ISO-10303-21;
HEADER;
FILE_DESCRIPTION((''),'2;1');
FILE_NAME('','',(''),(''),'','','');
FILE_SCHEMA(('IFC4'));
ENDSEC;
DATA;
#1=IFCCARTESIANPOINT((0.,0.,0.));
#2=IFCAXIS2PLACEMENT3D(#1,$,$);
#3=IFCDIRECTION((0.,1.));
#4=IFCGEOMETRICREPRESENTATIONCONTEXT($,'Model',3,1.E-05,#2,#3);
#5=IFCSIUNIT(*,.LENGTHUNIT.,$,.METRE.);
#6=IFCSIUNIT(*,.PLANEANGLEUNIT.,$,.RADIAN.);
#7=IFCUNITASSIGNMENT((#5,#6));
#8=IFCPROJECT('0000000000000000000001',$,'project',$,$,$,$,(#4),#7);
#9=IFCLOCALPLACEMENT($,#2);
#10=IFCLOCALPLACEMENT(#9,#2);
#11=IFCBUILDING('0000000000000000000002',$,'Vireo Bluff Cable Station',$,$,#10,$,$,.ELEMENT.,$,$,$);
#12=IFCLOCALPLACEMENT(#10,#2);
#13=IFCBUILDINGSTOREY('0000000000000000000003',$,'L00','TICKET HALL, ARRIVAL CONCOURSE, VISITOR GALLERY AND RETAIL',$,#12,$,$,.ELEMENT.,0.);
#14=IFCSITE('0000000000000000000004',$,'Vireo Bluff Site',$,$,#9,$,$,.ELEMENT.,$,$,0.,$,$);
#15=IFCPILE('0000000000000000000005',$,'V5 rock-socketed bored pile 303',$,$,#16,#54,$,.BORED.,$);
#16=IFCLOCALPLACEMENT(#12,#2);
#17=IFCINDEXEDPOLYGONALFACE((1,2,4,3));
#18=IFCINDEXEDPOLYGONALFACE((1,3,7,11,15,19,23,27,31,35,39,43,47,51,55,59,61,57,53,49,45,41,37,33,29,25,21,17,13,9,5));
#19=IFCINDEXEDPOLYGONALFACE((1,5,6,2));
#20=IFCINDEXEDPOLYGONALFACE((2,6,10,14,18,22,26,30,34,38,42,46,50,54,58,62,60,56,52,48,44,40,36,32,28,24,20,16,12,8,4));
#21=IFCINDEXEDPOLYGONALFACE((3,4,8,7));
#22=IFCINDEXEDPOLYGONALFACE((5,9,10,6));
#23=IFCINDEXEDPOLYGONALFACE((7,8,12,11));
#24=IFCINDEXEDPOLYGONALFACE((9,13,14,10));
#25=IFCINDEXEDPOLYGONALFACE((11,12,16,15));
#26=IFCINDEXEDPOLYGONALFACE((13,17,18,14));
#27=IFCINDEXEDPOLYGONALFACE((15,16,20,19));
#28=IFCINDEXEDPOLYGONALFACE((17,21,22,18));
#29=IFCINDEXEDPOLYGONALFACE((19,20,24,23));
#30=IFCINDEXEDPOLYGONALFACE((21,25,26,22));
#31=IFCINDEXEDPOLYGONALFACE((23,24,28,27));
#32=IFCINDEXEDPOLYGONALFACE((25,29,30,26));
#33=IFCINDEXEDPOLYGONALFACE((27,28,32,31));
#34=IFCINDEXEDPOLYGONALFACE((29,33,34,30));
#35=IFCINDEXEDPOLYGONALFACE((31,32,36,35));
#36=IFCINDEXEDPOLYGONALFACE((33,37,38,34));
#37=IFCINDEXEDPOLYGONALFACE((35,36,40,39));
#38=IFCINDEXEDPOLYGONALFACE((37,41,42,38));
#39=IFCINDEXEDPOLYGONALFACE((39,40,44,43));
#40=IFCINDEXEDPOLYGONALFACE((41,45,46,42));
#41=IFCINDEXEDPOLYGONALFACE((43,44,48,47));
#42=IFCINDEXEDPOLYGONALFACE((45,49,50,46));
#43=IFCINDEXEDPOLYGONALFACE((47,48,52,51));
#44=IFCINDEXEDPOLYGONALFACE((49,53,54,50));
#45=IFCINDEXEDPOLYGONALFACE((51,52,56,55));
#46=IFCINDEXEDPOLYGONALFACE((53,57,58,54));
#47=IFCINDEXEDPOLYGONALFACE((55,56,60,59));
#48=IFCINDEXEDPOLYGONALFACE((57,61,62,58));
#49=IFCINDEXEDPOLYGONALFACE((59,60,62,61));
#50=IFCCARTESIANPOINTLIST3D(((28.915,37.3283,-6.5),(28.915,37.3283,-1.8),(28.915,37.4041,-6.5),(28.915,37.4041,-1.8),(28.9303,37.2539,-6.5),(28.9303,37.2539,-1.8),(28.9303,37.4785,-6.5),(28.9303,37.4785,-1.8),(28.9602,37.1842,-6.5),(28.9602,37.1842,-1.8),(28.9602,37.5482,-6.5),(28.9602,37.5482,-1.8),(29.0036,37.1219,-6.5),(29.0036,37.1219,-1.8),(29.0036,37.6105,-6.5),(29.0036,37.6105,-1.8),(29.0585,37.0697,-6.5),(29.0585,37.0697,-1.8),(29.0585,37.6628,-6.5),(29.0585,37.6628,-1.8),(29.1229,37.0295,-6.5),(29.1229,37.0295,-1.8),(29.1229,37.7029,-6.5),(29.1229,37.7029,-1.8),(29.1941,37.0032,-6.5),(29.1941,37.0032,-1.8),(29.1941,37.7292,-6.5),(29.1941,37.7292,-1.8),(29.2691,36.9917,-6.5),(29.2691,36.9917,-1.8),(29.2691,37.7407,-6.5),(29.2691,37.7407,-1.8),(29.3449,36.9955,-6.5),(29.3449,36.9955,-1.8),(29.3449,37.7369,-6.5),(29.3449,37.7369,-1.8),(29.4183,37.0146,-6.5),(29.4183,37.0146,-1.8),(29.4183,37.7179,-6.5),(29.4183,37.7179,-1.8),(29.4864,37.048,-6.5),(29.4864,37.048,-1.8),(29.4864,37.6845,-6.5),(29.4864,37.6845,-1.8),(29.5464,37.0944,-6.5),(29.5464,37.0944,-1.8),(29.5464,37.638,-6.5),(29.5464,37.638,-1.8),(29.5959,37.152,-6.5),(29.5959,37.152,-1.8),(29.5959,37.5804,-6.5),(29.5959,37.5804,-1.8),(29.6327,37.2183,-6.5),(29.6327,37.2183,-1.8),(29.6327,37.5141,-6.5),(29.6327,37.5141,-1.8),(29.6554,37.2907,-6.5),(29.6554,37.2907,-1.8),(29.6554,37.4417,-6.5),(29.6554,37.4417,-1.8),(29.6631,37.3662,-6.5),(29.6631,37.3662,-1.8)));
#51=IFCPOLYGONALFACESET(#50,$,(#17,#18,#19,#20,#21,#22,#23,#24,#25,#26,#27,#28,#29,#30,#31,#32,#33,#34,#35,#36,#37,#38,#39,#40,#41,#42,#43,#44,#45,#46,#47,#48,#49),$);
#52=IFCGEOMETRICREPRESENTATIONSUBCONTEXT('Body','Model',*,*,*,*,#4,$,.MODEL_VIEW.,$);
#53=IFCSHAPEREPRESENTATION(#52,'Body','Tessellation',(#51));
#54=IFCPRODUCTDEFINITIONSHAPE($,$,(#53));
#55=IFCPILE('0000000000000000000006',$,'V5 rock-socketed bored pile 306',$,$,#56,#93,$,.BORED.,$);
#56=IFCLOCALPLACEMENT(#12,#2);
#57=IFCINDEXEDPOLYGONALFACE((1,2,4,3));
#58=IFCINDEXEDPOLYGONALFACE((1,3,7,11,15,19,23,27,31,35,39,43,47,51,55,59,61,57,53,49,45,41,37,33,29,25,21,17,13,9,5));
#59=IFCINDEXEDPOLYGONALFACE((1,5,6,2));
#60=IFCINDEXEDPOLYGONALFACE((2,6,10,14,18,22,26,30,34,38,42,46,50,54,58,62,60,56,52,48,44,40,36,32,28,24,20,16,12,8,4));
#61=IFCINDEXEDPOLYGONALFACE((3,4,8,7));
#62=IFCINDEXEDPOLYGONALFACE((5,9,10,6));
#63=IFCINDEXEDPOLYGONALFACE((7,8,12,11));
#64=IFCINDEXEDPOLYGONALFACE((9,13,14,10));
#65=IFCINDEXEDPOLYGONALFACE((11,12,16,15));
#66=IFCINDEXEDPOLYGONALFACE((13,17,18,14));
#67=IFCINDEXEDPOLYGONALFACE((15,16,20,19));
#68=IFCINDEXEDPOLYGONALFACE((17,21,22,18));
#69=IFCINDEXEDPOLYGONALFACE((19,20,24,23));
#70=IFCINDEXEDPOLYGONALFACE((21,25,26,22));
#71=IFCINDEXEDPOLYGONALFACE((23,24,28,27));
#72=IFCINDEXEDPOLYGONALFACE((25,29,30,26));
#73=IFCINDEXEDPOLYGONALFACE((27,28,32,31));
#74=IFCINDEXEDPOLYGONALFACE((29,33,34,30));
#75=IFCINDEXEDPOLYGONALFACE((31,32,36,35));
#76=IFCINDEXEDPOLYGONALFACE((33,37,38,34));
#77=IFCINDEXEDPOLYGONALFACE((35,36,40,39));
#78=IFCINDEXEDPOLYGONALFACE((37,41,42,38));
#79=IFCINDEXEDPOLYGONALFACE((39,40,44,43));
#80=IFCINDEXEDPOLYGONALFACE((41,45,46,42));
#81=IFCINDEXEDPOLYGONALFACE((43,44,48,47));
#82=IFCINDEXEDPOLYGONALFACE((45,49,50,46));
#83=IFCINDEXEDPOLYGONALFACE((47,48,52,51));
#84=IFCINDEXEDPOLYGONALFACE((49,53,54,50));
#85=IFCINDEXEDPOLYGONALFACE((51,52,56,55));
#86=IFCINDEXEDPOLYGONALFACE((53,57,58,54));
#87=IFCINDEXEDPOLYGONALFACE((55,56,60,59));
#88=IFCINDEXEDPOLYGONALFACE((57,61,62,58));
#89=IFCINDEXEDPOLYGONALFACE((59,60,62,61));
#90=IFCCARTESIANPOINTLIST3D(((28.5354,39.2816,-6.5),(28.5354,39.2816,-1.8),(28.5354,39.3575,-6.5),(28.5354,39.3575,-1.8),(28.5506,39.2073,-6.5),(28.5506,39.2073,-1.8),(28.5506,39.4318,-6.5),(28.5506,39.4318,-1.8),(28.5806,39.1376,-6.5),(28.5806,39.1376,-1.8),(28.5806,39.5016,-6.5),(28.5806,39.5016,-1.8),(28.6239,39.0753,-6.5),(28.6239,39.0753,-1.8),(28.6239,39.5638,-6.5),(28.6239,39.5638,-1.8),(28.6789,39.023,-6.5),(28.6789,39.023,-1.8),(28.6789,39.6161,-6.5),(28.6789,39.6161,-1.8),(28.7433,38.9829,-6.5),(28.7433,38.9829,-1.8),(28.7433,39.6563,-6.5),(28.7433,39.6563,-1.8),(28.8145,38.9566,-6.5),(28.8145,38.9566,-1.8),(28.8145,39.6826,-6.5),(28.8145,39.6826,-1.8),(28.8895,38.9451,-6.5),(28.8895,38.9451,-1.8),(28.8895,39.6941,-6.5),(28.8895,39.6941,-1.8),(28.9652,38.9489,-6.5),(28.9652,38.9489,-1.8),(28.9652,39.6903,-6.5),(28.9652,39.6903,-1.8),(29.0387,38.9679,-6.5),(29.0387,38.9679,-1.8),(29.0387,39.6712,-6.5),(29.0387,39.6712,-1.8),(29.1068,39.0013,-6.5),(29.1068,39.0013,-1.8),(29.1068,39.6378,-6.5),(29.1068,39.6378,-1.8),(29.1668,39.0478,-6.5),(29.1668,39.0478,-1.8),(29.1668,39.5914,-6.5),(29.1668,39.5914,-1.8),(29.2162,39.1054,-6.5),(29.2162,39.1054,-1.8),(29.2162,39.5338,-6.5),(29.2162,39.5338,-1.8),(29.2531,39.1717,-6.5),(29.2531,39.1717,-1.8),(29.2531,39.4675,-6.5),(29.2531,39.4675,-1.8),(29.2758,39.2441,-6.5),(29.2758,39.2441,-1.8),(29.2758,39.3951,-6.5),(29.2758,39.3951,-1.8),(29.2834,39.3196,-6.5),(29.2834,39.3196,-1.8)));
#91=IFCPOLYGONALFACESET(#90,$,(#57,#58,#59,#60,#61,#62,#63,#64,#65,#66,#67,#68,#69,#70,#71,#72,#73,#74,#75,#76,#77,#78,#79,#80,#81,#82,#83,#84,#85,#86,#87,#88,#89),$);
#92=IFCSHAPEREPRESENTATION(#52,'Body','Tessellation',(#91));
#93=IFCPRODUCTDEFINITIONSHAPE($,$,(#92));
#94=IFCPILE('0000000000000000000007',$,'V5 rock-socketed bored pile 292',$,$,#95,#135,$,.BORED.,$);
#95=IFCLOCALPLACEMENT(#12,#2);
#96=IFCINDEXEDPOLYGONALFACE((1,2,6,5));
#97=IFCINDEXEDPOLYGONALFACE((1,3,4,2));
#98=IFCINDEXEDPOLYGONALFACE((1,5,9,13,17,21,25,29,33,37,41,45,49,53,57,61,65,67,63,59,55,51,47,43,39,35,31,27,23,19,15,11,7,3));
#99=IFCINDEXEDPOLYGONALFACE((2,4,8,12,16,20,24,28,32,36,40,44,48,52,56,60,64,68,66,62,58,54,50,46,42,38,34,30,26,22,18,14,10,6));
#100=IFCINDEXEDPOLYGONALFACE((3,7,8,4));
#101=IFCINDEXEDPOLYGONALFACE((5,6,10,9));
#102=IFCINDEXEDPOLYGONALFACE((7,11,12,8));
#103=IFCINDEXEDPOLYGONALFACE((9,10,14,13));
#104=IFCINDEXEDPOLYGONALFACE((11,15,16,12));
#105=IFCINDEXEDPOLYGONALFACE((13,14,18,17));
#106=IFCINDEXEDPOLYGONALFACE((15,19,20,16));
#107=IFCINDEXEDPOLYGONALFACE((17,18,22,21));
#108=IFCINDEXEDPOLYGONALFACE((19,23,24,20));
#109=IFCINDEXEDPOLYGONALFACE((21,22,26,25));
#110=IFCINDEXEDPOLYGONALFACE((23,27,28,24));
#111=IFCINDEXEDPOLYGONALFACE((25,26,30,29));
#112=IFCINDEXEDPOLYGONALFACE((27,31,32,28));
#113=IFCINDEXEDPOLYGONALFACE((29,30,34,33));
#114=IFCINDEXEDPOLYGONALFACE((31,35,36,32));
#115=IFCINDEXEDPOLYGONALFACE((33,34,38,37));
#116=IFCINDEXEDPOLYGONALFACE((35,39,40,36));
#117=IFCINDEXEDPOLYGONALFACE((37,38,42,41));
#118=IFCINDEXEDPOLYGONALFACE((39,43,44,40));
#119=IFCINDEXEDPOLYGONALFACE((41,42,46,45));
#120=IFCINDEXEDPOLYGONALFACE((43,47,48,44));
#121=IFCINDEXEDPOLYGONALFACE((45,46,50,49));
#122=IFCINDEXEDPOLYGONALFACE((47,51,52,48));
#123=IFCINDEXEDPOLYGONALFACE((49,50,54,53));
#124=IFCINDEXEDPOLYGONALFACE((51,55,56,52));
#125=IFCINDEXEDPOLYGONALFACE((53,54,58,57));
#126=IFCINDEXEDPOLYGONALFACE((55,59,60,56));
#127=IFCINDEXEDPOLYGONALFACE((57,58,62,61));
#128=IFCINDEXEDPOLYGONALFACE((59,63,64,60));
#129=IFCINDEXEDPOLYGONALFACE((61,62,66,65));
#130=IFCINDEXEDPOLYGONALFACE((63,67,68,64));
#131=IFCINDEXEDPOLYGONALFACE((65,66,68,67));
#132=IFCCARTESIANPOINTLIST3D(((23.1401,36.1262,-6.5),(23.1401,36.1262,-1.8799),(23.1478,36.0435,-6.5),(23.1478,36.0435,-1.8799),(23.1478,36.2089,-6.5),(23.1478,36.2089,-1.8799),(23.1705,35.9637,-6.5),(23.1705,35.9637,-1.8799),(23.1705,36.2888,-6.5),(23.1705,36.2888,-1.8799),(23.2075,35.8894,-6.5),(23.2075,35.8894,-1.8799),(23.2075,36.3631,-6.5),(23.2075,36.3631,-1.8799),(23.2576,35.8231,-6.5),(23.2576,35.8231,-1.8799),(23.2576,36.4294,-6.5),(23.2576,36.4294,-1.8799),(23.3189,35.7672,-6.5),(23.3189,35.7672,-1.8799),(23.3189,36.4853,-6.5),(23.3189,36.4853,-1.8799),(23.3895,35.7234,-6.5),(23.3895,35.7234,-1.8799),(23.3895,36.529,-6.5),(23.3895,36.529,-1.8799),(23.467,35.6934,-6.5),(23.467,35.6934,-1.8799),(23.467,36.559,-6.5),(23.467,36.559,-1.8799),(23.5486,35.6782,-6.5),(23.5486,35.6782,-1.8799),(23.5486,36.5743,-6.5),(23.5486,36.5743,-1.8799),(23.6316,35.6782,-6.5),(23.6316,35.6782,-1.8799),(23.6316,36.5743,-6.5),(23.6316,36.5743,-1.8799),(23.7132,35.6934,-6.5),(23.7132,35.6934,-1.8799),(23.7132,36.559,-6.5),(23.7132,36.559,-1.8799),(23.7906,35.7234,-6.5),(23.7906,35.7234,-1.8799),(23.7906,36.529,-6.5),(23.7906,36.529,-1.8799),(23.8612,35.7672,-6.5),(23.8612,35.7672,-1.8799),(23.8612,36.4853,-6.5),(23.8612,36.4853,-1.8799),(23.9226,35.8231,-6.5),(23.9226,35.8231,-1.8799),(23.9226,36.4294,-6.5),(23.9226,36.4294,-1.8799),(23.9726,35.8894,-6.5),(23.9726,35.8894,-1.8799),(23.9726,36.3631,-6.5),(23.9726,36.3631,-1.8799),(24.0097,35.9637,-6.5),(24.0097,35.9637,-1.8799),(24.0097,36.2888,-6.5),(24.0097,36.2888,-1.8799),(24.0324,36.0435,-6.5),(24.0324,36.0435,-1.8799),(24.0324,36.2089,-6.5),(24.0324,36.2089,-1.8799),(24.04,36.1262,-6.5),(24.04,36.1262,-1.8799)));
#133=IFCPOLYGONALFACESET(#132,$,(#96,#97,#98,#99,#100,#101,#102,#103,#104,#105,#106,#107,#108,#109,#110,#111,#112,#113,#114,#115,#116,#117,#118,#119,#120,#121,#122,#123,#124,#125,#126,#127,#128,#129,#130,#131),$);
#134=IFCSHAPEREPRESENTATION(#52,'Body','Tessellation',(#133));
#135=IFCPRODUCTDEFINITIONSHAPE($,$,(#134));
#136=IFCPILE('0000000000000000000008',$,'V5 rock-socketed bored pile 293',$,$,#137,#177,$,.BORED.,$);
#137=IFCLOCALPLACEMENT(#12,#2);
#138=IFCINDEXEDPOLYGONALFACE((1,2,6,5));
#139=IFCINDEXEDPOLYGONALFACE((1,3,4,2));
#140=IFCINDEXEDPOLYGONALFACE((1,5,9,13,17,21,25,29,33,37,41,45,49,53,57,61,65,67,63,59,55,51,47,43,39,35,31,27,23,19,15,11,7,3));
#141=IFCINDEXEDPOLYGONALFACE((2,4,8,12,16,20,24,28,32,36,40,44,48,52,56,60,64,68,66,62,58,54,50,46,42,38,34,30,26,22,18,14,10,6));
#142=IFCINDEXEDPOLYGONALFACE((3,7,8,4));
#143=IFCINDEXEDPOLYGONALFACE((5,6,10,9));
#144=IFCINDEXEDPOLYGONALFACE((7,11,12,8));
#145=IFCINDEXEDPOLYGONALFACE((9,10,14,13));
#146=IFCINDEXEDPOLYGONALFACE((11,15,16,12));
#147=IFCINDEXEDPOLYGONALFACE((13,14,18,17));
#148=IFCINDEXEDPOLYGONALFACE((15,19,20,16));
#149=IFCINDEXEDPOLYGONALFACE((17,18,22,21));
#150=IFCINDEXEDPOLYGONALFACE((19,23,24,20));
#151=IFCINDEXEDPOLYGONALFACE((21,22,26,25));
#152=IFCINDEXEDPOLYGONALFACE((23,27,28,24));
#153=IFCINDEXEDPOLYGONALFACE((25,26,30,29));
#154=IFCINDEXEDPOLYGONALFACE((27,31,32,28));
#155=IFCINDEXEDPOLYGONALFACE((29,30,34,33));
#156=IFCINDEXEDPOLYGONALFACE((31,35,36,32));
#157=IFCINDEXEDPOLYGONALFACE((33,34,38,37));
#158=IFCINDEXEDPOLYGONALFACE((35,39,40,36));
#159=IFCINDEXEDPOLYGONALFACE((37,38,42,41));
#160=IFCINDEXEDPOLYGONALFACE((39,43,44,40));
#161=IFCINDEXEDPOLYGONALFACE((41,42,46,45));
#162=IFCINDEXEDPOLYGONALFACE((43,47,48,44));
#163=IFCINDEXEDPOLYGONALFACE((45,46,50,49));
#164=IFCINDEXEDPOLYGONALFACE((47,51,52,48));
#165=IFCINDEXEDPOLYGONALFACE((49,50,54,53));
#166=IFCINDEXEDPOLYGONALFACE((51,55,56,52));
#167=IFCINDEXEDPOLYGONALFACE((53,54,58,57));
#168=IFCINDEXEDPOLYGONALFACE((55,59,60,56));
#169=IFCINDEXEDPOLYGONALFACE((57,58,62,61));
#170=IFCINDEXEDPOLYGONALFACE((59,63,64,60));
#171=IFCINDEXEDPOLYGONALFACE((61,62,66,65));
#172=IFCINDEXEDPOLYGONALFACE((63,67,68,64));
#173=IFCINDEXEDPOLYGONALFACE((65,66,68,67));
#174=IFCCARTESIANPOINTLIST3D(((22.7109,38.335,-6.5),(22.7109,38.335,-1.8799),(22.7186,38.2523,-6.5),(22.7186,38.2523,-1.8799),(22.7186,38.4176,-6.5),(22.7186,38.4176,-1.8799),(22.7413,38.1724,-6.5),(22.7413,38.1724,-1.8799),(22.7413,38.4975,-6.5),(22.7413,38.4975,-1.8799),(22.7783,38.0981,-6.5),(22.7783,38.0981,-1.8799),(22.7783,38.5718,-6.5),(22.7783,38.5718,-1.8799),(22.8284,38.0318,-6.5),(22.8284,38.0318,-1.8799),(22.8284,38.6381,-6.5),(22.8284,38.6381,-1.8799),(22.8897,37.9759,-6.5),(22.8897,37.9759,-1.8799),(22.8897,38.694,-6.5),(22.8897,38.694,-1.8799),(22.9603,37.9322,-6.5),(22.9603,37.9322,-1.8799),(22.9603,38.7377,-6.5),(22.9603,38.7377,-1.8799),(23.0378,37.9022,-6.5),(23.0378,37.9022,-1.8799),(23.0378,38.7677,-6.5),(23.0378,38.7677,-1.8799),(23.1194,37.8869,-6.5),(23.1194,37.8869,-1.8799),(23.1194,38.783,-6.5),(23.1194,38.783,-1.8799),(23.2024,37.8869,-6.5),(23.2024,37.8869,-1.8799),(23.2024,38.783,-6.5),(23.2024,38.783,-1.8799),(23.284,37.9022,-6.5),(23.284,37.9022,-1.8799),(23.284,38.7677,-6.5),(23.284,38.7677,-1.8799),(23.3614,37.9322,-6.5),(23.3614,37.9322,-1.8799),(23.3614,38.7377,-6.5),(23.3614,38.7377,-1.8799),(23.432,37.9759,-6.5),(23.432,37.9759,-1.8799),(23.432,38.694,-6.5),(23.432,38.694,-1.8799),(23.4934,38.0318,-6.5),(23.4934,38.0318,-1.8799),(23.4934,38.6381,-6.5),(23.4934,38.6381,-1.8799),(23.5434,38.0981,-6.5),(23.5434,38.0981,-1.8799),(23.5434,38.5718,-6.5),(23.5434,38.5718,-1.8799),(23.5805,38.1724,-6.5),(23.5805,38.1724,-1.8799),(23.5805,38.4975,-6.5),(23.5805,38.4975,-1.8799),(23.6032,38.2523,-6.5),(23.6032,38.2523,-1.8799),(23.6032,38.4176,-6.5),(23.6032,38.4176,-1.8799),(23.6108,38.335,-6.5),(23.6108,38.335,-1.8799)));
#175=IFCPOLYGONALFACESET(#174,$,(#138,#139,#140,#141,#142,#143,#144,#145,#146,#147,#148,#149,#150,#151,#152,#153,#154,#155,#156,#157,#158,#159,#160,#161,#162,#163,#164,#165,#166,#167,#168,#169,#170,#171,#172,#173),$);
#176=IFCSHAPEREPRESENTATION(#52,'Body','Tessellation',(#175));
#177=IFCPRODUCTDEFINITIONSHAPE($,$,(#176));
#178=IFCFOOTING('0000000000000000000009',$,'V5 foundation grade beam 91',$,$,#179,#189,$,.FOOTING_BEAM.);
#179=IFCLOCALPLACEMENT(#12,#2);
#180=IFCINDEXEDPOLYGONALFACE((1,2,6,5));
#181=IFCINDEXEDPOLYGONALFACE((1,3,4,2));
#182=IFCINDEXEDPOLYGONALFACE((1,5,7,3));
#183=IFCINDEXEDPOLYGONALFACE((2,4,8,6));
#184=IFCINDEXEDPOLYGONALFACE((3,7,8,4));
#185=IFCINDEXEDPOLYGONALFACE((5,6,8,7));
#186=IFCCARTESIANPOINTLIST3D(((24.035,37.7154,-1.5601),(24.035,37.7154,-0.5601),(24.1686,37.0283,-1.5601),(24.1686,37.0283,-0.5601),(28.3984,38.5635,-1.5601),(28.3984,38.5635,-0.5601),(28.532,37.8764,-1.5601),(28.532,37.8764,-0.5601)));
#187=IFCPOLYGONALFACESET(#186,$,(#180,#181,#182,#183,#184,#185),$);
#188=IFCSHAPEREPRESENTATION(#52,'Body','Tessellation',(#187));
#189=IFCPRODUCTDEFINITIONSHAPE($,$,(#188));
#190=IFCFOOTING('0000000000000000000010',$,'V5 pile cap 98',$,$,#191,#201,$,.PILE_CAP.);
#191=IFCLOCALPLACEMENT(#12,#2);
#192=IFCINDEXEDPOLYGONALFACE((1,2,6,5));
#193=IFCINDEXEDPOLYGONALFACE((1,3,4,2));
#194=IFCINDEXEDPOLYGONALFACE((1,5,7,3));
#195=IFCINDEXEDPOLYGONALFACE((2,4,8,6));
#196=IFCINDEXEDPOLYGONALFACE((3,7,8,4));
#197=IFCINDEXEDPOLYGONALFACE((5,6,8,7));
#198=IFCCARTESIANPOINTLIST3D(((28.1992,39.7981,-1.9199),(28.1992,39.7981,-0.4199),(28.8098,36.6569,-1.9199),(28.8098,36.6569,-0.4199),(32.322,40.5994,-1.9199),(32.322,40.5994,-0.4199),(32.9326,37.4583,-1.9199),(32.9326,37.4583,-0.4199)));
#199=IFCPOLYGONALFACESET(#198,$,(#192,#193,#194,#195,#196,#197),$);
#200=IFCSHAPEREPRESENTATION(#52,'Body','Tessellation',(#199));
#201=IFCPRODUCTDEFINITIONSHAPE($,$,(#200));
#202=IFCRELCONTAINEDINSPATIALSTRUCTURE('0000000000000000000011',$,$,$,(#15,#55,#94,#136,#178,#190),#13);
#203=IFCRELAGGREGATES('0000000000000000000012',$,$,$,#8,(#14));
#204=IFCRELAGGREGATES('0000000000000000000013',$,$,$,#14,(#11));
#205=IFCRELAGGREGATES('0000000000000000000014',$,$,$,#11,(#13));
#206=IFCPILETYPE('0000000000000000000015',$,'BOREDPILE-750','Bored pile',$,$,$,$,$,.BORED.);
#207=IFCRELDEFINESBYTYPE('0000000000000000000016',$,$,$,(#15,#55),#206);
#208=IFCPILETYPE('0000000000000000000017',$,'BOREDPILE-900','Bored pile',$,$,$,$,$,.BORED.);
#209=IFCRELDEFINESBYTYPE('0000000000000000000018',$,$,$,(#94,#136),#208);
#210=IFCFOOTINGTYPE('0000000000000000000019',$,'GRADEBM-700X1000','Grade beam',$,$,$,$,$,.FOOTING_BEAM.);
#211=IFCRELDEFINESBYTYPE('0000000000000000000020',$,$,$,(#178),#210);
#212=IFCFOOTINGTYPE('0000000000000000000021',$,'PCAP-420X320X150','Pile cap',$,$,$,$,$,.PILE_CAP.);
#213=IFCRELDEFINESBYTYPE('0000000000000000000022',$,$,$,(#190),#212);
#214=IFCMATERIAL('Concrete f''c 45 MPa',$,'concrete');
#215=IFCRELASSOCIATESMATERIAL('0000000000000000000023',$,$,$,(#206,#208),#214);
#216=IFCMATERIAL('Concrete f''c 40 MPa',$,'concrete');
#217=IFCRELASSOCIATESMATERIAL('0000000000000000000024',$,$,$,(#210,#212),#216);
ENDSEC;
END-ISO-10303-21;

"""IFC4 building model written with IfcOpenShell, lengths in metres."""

from ifc_helpers import new_model, si_unit, direction, frame, origin, origin_2d, place, context, subcontext, project, spatial, rectangle, circle, extrude, material, material_profile, profile_set, type_object, element, save


model = new_model("IFC4")

# Units and contexts
model_context = context("Model", 3, precision=1e-05, world=origin(), true_north=direction((0.0, 1.0)))
body_context = subcontext(model_context, "Body", "Model", "MODEL_VIEW")
ifc_project = project(units=[si_unit("LENGTHUNIT", "METRE"), si_unit("PLANEANGLEUNIT", "RADIAN")], contexts=[model_context])

# Site, building, storey
site_placement = place(None, origin())
site = spatial("IfcSite", under=ifc_project, at=site_placement, Name="Vireo Bluff Site", CompositionType="ELEMENT", RefElevation=0.0)
building_placement = place(site_placement, origin())
building = spatial("IfcBuilding", under=site, at=building_placement, Name="Vireo Bluff Cable Station", CompositionType="ELEMENT")
storey_placement = place(building_placement, origin())
storey = spatial("IfcBuildingStorey", under=building, at=storey_placement, Name="L00", Description="TICKET HALL, ARRIVAL CONCOURSE, VISITOR GALLERY AND RETAIL", CompositionType="ELEMENT", Elevation=0.0)

# Piles
ifc_material_1 = material(Name="Concrete f'c 45 MPa", Category="concrete")
ifc_material_profile_1 = material_profile(ifc_material_1, circle(Radius=0.375, at=origin_2d()), Name="BOREDPILE-750")
ifc_profile_set_1 = profile_set([ifc_material_profile_1], Name="Concrete f'c 45 MPa")
pile_type_1 = type_object("IfcPileType", Name="BOREDPILE-750", Description="Bored pile", PredefinedType="BORED", material=ifc_profile_set_1)
for number, where, z_axis, x_axis, name in (
    (1, (29.2881, 37.3662, -1.8), (0.0, 0.0, -1.0), (1.0, 0.0, 0.0), "V5 rock-socketed bored pile 303"),
    (2, (28.9084, 39.3196, -1.8), (0.0, 0.0, -1.0), (1.0, 0.0, 0.0), "V5 rock-socketed bored pile 306"),
):
    element("IfcPile", number, at=place(storey_placement, frame(where, z_axis=z_axis, x_axis=x_axis)), inside=storey, type_object=pile_type_1, Name=name, PredefinedType="BORED", context=body_context, shape_type="SweptSolid", body=[
        extrude(circle(Radius=0.375, at=origin_2d()), origin(), (0.0, 0.0, 1.0), 4.7),
    ])
ifc_material_profile_2 = material_profile(ifc_material_1, circle(Radius=0.45, at=origin_2d()), Name="BOREDPILE-900")
ifc_profile_set_2 = profile_set([ifc_material_profile_2], Name="Concrete f'c 45 MPa")
pile_type_2 = type_object("IfcPileType", Name="BOREDPILE-900", Description="Bored pile", PredefinedType="BORED", material=ifc_profile_set_2)
for number, where, z_axis, x_axis, name in (
    (3, (23.5901, 36.1262, -1.8799), (0.0, 0.0, -1.0), (1.0, 0.0, 0.0), "V5 rock-socketed bored pile 292"),
    (4, (23.1609, 38.335, -1.8799), (0.0, 0.0, -1.0), (1.0, 0.0, 0.0), "V5 rock-socketed bored pile 293"),
):
    element("IfcPile", number, at=place(storey_placement, frame(where, z_axis=z_axis, x_axis=x_axis)), inside=storey, type_object=pile_type_2, Name=name, PredefinedType="BORED", context=body_context, shape_type="SweptSolid", body=[
        extrude(circle(Radius=0.45, at=origin_2d()), origin(), (0.0, 0.0, 1.0), 4.6201),
    ])

# Footings
ifc_material_2 = material(Name="Concrete f'c 40 MPa", Category="concrete")
ifc_material_profile_3 = material_profile(ifc_material_2, rectangle(XDim=0.7, YDim=1.0, at=origin_2d()), Name="GRADEBM-700X1000")
ifc_profile_set_3 = profile_set([ifc_material_profile_3], Name="Concrete f'c 40 MPa")
footing_type_1 = type_object("IfcFootingType", Name="GRADEBM-700X1000", Description="Grade beam", PredefinedType="FOOTING_BEAM", material=ifc_profile_set_3)
footing_1_placement = place(storey_placement, frame((24.1018, 37.3718, -1.0601), z_axis=(0.981627, 0.190811, 0.0), x_axis=(-0.190811, 0.981627, 0.0)))
element("IfcFooting", 5, at=footing_1_placement, inside=storey, type_object=footing_type_1, Name="V5 foundation grade beam 91", PredefinedType="FOOTING_BEAM", context=body_context, shape_type="SweptSolid", body=[
    extrude(rectangle(XDim=0.7, YDim=1.0, at=origin_2d()), origin(), (0.0, 0.0, 1.0), 4.4451),
])
footing_type_2 = type_object("IfcFootingType", Name="PCAP-420X320X150", Description="Pile cap", PredefinedType="PILE_CAP", material=ifc_material_2)
footing_2_placement = place(storey_placement, frame((30.5659, 38.6282, -1.9199), z_axis=(0.0, 0.0, 1.0), x_axis=(0.981627, 0.190809, 0.0)))
element("IfcFooting", 6, at=footing_2_placement, inside=storey, type_object=footing_type_2, Name="V5 pile cap 98", PredefinedType="PILE_CAP", context=body_context, shape_type="SweptSolid", body=[
    extrude(rectangle(XDim=4.2, YDim=3.2, at=origin_2d()), origin(), (0.0, 0.0, 1.0), 1.5),
])

save(model, "model.ifc")
